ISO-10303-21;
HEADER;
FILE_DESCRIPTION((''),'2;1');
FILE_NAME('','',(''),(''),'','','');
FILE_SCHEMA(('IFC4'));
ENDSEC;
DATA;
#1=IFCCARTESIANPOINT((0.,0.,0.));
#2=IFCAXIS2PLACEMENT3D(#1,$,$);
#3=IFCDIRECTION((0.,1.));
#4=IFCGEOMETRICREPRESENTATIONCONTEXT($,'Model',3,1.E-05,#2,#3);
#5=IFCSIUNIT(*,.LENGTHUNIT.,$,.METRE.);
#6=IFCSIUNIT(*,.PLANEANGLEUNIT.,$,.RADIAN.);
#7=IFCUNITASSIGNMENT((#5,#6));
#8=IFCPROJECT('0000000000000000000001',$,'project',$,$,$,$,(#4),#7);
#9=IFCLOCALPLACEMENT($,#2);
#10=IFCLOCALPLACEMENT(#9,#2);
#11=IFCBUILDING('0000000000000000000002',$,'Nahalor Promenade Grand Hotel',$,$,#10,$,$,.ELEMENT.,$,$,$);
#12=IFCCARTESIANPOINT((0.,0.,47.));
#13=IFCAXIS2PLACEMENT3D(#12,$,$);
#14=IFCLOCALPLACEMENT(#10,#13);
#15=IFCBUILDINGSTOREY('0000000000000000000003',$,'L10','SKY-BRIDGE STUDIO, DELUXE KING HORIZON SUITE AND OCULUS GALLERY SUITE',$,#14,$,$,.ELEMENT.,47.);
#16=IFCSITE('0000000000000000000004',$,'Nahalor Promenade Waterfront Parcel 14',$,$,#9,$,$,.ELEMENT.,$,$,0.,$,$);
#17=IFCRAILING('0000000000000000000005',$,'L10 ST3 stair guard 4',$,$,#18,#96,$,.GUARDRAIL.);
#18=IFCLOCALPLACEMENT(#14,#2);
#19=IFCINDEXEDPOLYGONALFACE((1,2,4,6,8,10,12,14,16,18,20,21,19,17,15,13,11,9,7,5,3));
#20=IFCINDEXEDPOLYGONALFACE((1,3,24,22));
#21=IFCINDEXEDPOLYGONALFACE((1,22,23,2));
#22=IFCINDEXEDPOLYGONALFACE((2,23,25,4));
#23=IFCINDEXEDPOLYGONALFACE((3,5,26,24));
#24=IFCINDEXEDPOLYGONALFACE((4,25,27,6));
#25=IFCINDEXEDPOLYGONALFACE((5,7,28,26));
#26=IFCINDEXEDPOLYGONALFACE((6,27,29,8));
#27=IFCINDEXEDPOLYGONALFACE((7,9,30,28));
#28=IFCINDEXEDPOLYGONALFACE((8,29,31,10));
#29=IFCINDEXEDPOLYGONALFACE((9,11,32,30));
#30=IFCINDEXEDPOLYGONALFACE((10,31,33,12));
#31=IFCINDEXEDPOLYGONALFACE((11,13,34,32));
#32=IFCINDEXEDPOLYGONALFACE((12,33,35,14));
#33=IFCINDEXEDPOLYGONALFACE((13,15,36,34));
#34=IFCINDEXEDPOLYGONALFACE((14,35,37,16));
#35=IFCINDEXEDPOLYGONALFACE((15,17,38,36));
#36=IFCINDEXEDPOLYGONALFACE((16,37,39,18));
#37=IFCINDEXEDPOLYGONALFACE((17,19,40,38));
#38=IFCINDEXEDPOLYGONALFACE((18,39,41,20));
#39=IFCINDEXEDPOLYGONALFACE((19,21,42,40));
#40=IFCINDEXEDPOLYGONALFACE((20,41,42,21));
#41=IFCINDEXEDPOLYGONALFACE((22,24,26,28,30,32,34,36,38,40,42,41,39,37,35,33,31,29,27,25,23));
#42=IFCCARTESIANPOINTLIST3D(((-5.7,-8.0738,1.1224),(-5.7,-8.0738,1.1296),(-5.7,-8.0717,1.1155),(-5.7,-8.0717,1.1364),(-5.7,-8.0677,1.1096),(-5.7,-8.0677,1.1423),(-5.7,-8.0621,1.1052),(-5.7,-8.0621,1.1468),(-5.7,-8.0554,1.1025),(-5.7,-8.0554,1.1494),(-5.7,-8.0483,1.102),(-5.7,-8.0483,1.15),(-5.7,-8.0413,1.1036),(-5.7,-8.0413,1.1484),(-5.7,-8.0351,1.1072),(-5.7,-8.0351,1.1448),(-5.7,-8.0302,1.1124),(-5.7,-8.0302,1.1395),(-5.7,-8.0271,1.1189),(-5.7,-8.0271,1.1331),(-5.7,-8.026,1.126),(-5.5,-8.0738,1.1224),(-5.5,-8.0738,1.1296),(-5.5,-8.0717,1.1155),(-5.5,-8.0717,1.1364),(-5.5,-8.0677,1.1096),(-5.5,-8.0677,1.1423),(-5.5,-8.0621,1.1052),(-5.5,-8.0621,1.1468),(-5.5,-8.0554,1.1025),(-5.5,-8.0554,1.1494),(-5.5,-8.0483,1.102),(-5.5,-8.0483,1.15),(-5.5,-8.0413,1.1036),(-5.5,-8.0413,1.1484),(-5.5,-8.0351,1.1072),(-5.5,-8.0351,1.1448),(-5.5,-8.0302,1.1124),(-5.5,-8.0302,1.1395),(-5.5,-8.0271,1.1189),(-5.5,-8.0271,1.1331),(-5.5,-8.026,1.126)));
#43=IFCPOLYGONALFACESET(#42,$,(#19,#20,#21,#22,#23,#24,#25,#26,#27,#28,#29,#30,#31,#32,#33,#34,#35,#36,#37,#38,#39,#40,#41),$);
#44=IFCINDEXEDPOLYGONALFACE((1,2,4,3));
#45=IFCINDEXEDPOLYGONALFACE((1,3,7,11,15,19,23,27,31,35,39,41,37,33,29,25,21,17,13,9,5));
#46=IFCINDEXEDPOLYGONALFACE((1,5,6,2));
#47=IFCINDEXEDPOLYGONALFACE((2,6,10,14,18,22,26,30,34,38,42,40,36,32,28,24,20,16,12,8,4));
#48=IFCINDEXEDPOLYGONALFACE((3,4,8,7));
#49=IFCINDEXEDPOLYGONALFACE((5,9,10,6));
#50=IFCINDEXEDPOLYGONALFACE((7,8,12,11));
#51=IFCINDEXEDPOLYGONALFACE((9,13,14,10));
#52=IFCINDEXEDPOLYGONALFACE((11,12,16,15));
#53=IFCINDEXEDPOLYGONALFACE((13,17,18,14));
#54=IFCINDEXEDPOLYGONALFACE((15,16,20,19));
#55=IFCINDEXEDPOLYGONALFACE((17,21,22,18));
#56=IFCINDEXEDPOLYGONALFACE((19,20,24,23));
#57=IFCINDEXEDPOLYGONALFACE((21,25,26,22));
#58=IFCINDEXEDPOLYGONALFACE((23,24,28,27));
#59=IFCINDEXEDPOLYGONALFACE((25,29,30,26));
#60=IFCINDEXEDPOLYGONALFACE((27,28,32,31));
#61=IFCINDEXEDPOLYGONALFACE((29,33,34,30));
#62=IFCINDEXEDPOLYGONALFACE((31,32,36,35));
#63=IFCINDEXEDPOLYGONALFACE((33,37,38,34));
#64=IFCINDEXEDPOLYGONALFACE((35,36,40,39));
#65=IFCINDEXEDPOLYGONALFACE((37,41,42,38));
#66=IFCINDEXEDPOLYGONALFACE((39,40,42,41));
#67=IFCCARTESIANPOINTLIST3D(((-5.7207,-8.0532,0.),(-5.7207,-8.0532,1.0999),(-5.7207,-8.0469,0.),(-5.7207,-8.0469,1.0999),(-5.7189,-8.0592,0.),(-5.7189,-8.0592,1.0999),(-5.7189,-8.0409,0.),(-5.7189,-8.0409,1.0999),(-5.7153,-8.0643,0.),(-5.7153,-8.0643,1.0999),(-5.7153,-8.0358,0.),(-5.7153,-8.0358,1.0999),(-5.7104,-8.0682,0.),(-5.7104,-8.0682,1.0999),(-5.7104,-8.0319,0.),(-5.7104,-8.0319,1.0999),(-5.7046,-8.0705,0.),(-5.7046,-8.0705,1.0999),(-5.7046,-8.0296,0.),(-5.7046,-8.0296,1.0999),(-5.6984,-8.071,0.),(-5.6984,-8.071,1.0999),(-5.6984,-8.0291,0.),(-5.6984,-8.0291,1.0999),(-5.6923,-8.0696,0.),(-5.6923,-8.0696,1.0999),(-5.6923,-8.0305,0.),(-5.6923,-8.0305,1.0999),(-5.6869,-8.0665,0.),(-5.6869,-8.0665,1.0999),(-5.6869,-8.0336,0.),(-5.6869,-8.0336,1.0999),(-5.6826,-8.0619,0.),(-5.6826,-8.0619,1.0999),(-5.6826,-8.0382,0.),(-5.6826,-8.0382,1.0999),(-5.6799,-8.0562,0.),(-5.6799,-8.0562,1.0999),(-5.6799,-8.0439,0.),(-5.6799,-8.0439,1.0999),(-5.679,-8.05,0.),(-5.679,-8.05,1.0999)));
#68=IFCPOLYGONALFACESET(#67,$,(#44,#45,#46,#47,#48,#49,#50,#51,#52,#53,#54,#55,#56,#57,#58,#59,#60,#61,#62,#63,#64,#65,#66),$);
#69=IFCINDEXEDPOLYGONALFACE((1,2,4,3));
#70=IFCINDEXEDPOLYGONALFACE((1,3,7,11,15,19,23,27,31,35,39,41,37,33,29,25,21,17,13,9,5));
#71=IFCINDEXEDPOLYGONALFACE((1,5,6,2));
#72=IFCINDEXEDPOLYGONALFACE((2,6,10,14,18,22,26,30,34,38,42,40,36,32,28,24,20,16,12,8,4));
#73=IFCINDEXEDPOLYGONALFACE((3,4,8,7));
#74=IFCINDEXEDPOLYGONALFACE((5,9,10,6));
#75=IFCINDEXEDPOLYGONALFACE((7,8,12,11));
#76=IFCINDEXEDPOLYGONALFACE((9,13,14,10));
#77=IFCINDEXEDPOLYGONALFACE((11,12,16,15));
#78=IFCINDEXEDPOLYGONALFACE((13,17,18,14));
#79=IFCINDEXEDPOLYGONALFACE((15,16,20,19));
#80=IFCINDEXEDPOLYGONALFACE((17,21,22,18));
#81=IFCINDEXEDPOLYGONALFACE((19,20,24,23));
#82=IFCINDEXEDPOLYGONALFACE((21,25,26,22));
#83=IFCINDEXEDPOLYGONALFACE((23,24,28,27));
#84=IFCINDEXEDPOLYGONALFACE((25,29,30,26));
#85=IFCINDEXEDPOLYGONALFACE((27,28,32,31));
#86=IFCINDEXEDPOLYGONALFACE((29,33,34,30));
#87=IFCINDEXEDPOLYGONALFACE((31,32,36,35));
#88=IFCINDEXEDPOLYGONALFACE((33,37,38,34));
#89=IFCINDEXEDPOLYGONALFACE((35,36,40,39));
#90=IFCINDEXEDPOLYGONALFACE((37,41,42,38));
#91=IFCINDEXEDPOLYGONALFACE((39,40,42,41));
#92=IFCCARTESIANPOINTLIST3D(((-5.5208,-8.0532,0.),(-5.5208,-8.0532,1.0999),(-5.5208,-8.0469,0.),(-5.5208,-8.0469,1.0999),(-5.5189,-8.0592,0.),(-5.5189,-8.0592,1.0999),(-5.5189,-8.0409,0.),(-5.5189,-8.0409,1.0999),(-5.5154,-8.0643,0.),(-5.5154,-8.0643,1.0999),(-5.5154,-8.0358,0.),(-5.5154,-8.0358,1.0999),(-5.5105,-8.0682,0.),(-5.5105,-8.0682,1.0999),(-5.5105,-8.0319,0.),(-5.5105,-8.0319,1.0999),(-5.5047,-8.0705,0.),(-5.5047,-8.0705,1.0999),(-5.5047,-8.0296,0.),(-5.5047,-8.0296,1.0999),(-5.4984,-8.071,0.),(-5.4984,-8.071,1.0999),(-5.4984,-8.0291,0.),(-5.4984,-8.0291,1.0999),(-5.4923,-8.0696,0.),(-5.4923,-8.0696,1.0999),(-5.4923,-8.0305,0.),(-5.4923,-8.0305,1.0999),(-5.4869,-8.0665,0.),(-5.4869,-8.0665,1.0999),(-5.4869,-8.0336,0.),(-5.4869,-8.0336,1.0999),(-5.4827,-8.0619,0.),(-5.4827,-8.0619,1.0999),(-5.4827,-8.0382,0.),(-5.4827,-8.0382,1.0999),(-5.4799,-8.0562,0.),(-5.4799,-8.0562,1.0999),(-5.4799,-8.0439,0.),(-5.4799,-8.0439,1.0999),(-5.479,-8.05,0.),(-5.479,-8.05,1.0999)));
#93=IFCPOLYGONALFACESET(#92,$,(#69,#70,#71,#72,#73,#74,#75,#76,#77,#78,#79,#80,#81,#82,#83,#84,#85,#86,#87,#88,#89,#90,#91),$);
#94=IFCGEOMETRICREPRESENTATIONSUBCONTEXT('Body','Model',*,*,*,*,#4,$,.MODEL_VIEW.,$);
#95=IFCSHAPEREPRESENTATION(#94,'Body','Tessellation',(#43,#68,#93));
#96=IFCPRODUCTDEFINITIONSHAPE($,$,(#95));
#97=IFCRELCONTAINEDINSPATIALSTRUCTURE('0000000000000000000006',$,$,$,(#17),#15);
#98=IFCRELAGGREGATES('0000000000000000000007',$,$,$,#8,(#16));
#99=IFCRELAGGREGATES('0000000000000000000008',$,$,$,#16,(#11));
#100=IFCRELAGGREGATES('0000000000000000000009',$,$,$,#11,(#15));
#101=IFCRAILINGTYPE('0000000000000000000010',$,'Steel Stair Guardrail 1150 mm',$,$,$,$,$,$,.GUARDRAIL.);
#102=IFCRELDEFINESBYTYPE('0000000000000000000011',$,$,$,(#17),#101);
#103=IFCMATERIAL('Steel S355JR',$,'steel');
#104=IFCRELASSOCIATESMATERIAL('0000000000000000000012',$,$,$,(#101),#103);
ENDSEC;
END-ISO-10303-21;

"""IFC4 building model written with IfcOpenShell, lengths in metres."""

from ifc_helpers import new_model, si_unit, direction, frame, origin, origin_2d, place, context, subcontext, project, spatial, circle, extrude, material, type_object, element, save


model = new_model("IFC4")

# Units and contexts
model_context = context("Model", 3, precision=1e-05, world=origin(), true_north=direction((0.0, 1.0)))
body_context = subcontext(model_context, "Body", "Model", "MODEL_VIEW")
ifc_project = project(units=[si_unit("LENGTHUNIT", "METRE"), si_unit("PLANEANGLEUNIT", "RADIAN")], contexts=[model_context])

# Site, building, storey
site_placement = place(None, origin())
site = spatial("IfcSite", under=ifc_project, at=site_placement, Name="Nahalor Promenade Waterfront Parcel 14", CompositionType="ELEMENT", RefElevation=0.0)
building_placement = place(site_placement, origin())
building = spatial("IfcBuilding", under=site, at=building_placement, Name="Nahalor Promenade Grand Hotel", CompositionType="ELEMENT")
storey_placement = place(building_placement, frame((0.0, 0.0, 47.0)))
storey = spatial("IfcBuildingStorey", under=building, at=storey_placement, Name="L10", Description="SKY-BRIDGE STUDIO, DELUXE KING HORIZON SUITE AND OCULUS GALLERY SUITE", CompositionType="ELEMENT", Elevation=47.0)

# Shared definitions
ifc_material_1 = material(Name="Steel S355JR", Category="steel")

# Railing
railing_type_1 = type_object("IfcRailingType", Name="Steel Stair Guardrail 1150 mm", PredefinedType="GUARDRAIL", material=ifc_material_1)
railing_1_placement = place(storey_placement, frame((-5.7, -8.05, 0.0)))
element("IfcRailing", 1, at=railing_1_placement, inside=storey, type_object=railing_type_1, Name="L10 ST3 stair guard 4", PredefinedType="GUARDRAIL", context=body_context, shape_type="SweptSolid", body=[
    extrude(circle(Radius=0.024, at=origin_2d()), frame((0.0, 0.0, 1.126), z_axis=(1.0, 0.0, 0.0), x_axis=(0.0, 1.0, 0.0)), (0.0, 0.0, 1.0), 0.2),
    extrude(circle(Radius=0.021, at=origin_2d()), origin(), (0.0, 0.0, 1.0), 1.0999),
    extrude(circle(Radius=0.021, at=origin_2d()), frame((0.2, 0.0, 0.0)), (0.0, 0.0, 1.0), 1.0999),
])

save(model, "model.ifc")
